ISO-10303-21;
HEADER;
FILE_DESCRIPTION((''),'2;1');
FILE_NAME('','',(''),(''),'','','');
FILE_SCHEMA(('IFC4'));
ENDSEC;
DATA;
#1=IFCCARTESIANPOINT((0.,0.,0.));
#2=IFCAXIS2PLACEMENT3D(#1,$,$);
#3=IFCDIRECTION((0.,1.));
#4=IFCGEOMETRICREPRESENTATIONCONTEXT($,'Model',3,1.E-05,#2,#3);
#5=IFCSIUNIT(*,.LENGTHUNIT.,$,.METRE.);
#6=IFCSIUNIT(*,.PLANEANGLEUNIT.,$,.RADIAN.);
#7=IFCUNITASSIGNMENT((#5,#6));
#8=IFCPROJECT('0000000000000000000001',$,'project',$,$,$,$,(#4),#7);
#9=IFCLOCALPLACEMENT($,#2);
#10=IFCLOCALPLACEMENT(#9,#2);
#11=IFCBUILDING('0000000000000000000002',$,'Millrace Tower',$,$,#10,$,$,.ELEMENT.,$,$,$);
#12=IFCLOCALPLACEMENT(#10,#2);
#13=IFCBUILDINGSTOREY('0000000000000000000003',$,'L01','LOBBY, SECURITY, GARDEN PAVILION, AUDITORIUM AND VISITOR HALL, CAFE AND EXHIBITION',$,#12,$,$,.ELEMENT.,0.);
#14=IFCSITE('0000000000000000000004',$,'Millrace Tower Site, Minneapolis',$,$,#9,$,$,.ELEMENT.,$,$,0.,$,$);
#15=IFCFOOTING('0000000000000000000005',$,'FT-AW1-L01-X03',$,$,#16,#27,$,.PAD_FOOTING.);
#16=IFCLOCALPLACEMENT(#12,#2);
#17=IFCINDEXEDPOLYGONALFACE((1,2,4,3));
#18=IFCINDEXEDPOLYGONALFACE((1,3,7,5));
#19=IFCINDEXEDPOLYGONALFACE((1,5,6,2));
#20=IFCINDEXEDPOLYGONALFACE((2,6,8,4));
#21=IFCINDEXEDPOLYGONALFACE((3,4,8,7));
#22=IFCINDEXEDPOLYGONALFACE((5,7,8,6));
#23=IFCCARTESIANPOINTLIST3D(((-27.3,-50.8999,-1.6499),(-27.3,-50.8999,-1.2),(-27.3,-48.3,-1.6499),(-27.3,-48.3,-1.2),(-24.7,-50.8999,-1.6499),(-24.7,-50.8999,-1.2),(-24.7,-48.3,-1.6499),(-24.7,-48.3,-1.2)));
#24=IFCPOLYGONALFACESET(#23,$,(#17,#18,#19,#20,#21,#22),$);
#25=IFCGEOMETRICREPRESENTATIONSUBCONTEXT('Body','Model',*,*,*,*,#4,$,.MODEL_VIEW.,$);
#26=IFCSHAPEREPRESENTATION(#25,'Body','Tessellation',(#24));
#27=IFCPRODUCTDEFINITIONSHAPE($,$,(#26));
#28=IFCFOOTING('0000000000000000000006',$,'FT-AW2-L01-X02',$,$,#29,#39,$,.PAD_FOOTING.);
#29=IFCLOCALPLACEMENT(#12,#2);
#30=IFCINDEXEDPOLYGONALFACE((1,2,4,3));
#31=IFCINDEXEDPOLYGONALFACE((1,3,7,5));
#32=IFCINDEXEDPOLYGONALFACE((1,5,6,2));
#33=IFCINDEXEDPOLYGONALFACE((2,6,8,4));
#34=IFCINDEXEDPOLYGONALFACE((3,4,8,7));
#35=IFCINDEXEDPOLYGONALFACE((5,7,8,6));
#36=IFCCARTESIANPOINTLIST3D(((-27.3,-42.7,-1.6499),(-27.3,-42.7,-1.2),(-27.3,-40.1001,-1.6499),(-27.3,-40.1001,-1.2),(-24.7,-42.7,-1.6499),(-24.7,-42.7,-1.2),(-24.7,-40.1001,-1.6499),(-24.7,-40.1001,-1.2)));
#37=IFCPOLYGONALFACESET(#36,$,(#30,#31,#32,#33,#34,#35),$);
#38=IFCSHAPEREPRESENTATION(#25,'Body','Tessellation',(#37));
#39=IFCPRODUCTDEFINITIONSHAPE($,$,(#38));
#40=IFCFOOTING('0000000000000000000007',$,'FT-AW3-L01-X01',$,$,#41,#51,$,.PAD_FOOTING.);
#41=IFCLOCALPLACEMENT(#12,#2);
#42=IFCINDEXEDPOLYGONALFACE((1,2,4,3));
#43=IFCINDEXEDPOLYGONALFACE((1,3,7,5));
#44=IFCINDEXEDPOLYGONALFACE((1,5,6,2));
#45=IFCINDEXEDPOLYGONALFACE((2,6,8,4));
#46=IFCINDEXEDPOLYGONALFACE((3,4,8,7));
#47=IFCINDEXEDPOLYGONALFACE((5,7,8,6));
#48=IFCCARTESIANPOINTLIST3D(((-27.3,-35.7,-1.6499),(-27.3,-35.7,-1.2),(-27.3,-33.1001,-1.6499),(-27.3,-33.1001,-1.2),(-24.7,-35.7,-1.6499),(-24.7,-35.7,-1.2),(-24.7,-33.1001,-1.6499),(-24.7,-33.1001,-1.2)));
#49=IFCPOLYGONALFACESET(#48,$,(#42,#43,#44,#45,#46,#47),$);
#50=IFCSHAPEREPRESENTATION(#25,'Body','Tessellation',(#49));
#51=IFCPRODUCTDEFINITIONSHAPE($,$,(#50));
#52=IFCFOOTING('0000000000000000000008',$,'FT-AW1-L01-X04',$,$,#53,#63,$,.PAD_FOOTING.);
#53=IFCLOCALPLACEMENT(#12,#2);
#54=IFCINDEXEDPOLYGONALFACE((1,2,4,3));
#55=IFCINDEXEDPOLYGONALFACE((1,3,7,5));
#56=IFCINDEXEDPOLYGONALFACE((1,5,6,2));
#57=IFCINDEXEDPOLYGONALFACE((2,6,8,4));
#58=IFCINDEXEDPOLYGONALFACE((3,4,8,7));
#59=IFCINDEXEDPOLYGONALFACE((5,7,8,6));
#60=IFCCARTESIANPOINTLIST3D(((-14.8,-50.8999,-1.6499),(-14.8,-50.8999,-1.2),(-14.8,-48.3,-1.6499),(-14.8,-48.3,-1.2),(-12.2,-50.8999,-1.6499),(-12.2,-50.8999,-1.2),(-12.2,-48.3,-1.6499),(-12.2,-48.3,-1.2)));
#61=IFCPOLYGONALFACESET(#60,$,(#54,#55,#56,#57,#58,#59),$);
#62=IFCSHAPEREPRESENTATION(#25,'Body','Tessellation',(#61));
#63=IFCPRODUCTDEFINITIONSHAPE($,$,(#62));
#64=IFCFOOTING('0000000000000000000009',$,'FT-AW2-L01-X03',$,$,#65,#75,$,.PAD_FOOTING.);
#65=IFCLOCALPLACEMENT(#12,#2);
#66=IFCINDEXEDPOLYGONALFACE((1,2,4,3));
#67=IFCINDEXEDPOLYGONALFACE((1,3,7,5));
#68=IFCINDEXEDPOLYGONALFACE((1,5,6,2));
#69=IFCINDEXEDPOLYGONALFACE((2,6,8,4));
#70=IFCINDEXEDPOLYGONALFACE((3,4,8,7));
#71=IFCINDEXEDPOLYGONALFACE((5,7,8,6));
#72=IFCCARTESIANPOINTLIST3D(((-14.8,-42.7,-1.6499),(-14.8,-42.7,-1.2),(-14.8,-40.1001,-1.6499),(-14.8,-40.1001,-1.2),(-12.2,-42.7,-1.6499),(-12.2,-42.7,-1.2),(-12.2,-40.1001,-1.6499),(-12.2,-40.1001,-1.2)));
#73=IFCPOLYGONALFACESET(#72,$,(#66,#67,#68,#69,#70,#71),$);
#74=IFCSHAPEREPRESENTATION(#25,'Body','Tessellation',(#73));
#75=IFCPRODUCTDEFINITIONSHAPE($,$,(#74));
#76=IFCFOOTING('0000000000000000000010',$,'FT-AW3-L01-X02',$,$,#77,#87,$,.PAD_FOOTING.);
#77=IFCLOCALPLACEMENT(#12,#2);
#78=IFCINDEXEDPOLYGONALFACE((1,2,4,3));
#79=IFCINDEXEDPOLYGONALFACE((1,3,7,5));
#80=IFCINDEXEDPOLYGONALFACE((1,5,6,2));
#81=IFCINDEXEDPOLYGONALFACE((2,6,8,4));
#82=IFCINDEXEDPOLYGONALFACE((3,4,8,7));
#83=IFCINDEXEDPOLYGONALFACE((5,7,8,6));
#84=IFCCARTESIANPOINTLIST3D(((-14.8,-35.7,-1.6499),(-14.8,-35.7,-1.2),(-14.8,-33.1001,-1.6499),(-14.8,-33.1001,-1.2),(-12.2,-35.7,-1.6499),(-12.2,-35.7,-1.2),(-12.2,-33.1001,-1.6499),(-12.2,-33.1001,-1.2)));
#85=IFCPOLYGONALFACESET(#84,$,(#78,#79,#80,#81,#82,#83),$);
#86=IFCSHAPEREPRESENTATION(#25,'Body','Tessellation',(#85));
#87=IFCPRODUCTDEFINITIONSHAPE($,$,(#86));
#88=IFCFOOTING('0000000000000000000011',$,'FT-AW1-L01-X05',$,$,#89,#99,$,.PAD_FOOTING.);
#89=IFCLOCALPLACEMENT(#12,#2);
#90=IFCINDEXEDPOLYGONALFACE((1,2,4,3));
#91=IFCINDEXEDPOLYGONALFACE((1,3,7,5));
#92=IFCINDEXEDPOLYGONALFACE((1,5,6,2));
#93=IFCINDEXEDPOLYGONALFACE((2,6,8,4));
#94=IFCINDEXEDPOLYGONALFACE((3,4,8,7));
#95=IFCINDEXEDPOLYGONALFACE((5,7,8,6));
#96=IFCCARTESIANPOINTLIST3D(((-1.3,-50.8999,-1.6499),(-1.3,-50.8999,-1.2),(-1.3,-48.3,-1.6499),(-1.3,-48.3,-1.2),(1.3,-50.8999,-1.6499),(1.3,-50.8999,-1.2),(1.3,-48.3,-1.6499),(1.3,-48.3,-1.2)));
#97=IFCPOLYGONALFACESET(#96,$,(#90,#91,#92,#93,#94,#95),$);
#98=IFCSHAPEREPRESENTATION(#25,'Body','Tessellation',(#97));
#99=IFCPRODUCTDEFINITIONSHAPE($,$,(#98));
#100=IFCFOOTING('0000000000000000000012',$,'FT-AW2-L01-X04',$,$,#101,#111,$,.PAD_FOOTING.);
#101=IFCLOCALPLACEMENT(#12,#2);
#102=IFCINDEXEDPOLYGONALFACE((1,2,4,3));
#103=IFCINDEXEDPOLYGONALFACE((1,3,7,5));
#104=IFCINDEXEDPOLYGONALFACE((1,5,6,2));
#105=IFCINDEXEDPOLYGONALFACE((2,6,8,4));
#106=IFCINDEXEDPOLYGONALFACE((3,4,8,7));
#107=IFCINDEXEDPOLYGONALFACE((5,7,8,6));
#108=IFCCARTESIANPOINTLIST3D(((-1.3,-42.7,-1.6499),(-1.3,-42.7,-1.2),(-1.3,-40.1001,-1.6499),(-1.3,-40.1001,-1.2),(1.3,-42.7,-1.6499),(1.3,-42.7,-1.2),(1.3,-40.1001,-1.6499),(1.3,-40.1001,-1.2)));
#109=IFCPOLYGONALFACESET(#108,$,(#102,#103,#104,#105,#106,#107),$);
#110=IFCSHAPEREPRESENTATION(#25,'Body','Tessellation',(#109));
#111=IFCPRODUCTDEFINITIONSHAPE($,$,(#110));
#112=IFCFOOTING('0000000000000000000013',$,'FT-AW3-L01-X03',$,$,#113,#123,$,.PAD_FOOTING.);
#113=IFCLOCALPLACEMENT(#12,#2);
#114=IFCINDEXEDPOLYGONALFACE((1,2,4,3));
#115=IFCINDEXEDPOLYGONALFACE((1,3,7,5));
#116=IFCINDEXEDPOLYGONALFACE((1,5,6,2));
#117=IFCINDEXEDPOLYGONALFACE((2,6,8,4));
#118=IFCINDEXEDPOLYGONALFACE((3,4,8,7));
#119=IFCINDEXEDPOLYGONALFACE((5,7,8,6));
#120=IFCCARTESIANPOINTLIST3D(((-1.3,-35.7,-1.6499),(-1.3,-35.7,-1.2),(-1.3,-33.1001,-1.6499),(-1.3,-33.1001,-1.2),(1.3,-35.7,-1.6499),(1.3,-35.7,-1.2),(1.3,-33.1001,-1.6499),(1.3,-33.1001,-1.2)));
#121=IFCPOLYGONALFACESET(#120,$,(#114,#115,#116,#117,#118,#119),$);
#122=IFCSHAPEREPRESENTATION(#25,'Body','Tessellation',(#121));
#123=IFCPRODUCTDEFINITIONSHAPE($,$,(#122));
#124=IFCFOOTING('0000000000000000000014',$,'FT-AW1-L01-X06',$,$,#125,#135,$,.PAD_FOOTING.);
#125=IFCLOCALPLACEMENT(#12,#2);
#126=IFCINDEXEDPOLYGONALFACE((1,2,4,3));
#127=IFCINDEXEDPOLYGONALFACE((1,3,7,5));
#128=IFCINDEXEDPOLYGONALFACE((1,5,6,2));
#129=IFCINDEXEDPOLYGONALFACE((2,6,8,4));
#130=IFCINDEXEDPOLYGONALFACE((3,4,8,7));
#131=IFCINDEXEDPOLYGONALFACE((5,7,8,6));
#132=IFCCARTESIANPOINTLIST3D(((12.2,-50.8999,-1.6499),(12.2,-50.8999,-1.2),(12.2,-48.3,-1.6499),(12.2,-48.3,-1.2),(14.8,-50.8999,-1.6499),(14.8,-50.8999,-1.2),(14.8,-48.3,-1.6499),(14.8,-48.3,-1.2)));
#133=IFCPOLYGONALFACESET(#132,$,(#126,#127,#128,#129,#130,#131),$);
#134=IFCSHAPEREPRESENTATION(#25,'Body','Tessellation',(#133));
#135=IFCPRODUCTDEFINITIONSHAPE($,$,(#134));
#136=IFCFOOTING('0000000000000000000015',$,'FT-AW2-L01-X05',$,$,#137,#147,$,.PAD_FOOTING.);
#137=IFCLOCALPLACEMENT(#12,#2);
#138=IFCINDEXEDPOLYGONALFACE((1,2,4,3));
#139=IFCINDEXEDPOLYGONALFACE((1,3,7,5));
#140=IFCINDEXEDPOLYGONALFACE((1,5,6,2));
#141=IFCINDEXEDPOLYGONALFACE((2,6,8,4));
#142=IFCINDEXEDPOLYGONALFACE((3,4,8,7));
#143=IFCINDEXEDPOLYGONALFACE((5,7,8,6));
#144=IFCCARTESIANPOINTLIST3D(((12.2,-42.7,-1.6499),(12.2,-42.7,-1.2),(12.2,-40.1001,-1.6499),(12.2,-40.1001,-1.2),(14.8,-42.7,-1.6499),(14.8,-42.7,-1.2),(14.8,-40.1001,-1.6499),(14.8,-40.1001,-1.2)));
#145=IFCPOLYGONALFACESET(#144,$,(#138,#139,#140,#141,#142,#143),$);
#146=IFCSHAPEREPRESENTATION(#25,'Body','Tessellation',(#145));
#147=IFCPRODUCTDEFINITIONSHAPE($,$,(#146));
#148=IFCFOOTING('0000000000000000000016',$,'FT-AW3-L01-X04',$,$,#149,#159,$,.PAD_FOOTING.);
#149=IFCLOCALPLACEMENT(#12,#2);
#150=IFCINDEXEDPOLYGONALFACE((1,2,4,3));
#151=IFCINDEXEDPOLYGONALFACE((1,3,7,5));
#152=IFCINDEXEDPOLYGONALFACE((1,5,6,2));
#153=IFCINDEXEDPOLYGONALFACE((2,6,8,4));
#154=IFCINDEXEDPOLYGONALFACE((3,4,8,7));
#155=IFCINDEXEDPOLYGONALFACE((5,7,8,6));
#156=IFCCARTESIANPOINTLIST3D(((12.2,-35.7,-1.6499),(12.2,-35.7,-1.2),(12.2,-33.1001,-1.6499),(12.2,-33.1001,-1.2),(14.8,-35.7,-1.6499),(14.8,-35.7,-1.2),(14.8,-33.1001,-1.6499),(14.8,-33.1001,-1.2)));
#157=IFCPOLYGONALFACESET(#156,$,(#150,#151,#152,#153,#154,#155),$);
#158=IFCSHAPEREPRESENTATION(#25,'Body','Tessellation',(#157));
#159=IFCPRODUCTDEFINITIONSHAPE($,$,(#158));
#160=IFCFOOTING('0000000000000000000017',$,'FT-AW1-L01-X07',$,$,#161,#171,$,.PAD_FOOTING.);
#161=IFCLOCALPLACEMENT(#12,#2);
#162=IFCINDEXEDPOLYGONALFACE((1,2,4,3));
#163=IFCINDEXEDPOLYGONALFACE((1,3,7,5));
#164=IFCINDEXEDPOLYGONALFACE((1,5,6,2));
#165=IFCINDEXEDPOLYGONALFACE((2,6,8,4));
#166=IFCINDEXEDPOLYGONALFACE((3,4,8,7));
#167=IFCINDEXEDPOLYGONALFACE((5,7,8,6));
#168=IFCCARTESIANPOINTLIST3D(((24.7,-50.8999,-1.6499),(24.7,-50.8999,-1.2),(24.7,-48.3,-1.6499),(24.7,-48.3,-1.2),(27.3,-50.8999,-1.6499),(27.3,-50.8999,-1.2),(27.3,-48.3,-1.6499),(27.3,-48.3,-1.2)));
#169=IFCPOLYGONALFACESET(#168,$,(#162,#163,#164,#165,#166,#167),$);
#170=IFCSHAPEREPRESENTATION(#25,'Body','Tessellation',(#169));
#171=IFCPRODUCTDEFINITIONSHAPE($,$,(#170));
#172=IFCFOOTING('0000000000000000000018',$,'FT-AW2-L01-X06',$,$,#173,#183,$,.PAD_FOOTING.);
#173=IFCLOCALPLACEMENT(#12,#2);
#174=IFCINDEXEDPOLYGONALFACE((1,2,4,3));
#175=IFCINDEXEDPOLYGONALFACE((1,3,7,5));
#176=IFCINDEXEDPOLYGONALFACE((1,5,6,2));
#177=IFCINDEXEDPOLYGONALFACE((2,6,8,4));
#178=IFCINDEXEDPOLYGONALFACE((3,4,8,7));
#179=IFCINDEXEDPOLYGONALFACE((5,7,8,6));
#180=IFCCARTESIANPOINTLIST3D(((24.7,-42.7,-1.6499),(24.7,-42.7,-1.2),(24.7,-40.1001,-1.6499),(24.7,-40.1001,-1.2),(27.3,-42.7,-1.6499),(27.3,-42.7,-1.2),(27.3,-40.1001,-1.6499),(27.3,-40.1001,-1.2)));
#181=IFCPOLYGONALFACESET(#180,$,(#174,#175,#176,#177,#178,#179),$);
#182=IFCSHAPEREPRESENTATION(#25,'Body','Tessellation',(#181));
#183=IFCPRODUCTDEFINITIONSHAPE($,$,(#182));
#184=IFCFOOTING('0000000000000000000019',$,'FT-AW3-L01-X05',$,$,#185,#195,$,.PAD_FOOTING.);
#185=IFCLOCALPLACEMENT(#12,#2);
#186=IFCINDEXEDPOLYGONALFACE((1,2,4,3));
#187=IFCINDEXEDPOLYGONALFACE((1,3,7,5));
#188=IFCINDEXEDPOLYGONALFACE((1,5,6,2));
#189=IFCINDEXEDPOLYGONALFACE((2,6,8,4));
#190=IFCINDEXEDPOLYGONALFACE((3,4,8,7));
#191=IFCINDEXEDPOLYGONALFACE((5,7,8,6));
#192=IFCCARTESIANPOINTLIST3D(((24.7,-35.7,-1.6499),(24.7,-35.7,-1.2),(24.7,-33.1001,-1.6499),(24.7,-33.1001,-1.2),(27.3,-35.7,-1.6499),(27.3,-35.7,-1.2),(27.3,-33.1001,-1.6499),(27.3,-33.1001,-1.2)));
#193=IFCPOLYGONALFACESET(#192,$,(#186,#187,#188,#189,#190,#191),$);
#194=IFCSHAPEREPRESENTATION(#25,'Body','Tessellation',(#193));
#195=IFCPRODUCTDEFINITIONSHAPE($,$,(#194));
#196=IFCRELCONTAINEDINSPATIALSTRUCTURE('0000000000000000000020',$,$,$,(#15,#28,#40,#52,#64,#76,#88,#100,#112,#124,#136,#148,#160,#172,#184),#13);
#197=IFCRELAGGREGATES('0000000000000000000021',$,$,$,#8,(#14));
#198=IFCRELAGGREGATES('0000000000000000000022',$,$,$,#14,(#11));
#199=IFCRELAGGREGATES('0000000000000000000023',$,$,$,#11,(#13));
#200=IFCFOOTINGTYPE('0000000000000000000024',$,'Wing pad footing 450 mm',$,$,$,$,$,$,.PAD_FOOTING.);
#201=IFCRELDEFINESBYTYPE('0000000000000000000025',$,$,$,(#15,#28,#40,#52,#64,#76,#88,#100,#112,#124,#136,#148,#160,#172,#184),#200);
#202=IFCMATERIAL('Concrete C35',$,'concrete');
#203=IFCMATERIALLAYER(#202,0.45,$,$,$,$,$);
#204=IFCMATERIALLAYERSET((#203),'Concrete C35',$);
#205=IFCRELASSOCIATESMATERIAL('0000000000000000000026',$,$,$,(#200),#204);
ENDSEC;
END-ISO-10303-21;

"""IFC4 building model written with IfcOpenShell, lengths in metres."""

from ifc_helpers import new_model, si_unit, direction, frame, origin, place, context, subcontext, project, spatial, polyline, outline, extrude, material, layer, layer_set, type_object, element, save


model = new_model("IFC4")

# Units and contexts
model_context = context("Model", 3, precision=1e-05, world=origin(), true_north=direction((0.0, 1.0)))
body_context = subcontext(model_context, "Body", "Model", "MODEL_VIEW")
ifc_project = project(units=[si_unit("LENGTHUNIT", "METRE"), si_unit("PLANEANGLEUNIT", "RADIAN")], contexts=[model_context])

# Site, building, storey
site_placement = place(None, origin())
site = spatial("IfcSite", under=ifc_project, at=site_placement, Name="Millrace Tower Site, Minneapolis", CompositionType="ELEMENT", RefElevation=0.0)
building_placement = place(site_placement, origin())
building = spatial("IfcBuilding", under=site, at=building_placement, Name="Millrace Tower", CompositionType="ELEMENT")
storey_placement = place(building_placement, origin())
storey = spatial("IfcBuildingStorey", under=building, at=storey_placement, Name="L01", Description="LOBBY, SECURITY, GARDEN PAVILION, AUDITORIUM AND VISITOR HALL, CAFE AND EXHIBITION", CompositionType="ELEMENT", Elevation=0.0)

# Footings
ifc_material_1 = material(Name="Concrete C35", Category="concrete")
ifc_layer_1 = layer(ifc_material_1, 0.45)
ifc_layer_set_1 = layer_set([ifc_layer_1], Name="Concrete C35")
footing_type_1 = type_object("IfcFootingType", Name="Wing pad footing 450 mm", PredefinedType="PAD_FOOTING", material=ifc_layer_set_1)
placement = place(storey_placement, frame((0.0, 0.0, -1.6499)))
element("IfcFooting", 1, at=placement, inside=storey, type_object=footing_type_1, Name="FT-AW1-L01-X03", PredefinedType="PAD_FOOTING", context=body_context, shape_type="SweptSolid", body=[
    extrude(outline(polyline([(-27.3, -50.8999), (-27.3, -48.3), (-24.7, -48.3), (-24.7, -50.8999), (-27.3, -50.8999)])), origin(), (0.0, 0.0, 1.0), 0.45),
])
element("IfcFooting", 2, at=placement, inside=storey, type_object=footing_type_1, Name="FT-AW2-L01-X02", PredefinedType="PAD_FOOTING", context=body_context, shape_type="SweptSolid", body=[
    extrude(outline(polyline([(-27.3, -42.7), (-27.3, -40.1001), (-24.7, -40.1001), (-24.7, -42.7), (-27.3, -42.7)])), origin(), (0.0, 0.0, 1.0), 0.45),
])
element("IfcFooting", 3, at=placement, inside=storey, type_object=footing_type_1, Name="FT-AW3-L01-X01", PredefinedType="PAD_FOOTING", context=body_context, shape_type="SweptSolid", body=[
    extrude(outline(polyline([(-27.3, -35.7), (-27.3, -33.1001), (-24.7, -33.1001), (-24.7, -35.7), (-27.3, -35.7)])), origin(), (0.0, 0.0, 1.0), 0.45),
])
element("IfcFooting", 4, at=placement, inside=storey, type_object=footing_type_1, Name="FT-AW1-L01-X04", PredefinedType="PAD_FOOTING", context=body_context, shape_type="SweptSolid", body=[
    extrude(outline(polyline([(-14.8, -50.8999), (-14.8, -48.3), (-12.2, -48.3), (-12.2, -50.8999), (-14.8, -50.8999)])), origin(), (0.0, 0.0, 1.0), 0.45),
])
element("IfcFooting", 5, at=placement, inside=storey, type_object=footing_type_1, Name="FT-AW2-L01-X03", PredefinedType="PAD_FOOTING", context=body_context, shape_type="SweptSolid", body=[
    extrude(outline(polyline([(-14.8, -42.7), (-14.8, -40.1001), (-12.2, -40.1001), (-12.2, -42.7), (-14.8, -42.7)])), origin(), (0.0, 0.0, 1.0), 0.45),
])
element("IfcFooting", 6, at=placement, inside=storey, type_object=footing_type_1, Name="FT-AW3-L01-X02", PredefinedType="PAD_FOOTING", context=body_context, shape_type="SweptSolid", body=[
    extrude(outline(polyline([(-14.8, -35.7), (-14.8, -33.1001), (-12.2, -33.1001), (-12.2, -35.7), (-14.8, -35.7)])), origin(), (0.0, 0.0, 1.0), 0.45),
])
element("IfcFooting", 7, at=placement, inside=storey, type_object=footing_type_1, Name="FT-AW1-L01-X05", PredefinedType="PAD_FOOTING", context=body_context, shape_type="SweptSolid", body=[
    extrude(outline(polyline([(-1.3, -50.8999), (-1.3, -48.3), (1.3, -48.3), (1.3, -50.8999), (-1.3, -50.8999)])), origin(), (0.0, 0.0, 1.0), 0.45),
])
element("IfcFooting", 8, at=placement, inside=storey, type_object=footing_type_1, Name="FT-AW2-L01-X04", PredefinedType="PAD_FOOTING", context=body_context, shape_type="SweptSolid", body=[
    extrude(outline(polyline([(-1.3, -42.7), (-1.3, -40.1001), (1.3, -40.1001), (1.3, -42.7), (-1.3, -42.7)])), origin(), (0.0, 0.0, 1.0), 0.45),
])
element("IfcFooting", 9, at=placement, inside=storey, type_object=footing_type_1, Name="FT-AW3-L01-X03", PredefinedType="PAD_FOOTING", context=body_context, shape_type="SweptSolid", body=[
    extrude(outline(polyline([(-1.3, -35.7), (-1.3, -33.1001), (1.3, -33.1001), (1.3, -35.7), (-1.3, -35.7)])), origin(), (0.0, 0.0, 1.0), 0.45),
])
element("IfcFooting", 10, at=placement, inside=storey, type_object=footing_type_1, Name="FT-AW1-L01-X06", PredefinedType="PAD_FOOTING", context=body_context, shape_type="SweptSolid", body=[
    extrude(outline(polyline([(12.2, -50.8999), (12.2, -48.3), (14.8, -48.3), (14.8, -50.8999), (12.2, -50.8999)])), origin(), (0.0, 0.0, 1.0), 0.45),
])
element("IfcFooting", 11, at=placement, inside=storey, type_object=footing_type_1, Name="FT-AW2-L01-X05", PredefinedType="PAD_FOOTING", context=body_context, shape_type="SweptSolid", body=[
    extrude(outline(polyline([(12.2, -42.7), (12.2, -40.1001), (14.8, -40.1001), (14.8, -42.7), (12.2, -42.7)])), origin(), (0.0, 0.0, 1.0), 0.45),
])
element("IfcFooting", 12, at=placement, inside=storey, type_object=footing_type_1, Name="FT-AW3-L01-X04", PredefinedType="PAD_FOOTING", context=body_context, shape_type="SweptSolid", body=[
    extrude(outline(polyline([(12.2, -35.7), (12.2, -33.1001), (14.8, -33.1001), (14.8, -35.7), (12.2, -35.7)])), origin(), (0.0, 0.0, 1.0), 0.45),
])
element("IfcFooting", 13, at=placement, inside=storey, type_object=footing_type_1, Name="FT-AW1-L01-X07", PredefinedType="PAD_FOOTING", context=body_context, shape_type="SweptSolid", body=[
    extrude(outline(polyline([(24.7, -50.8999), (24.7, -48.3), (27.3, -48.3), (27.3, -50.8999), (24.7, -50.8999)])), origin(), (0.0, 0.0, 1.0), 0.45),
])
element("IfcFooting", 14, at=placement, inside=storey, type_object=footing_type_1, Name="FT-AW2-L01-X06", PredefinedType="PAD_FOOTING", context=body_context, shape_type="SweptSolid", body=[
    extrude(outline(polyline([(24.7, -42.7), (24.7, -40.1001), (27.3, -40.1001), (27.3, -42.7), (24.7, -42.7)])), origin(), (0.0, 0.0, 1.0), 0.45),
])
element("IfcFooting", 15, at=placement, inside=storey, type_object=footing_type_1, Name="FT-AW3-L01-X05", PredefinedType="PAD_FOOTING", context=body_context, shape_type="SweptSolid", body=[
    extrude(outline(polyline([(24.7, -35.7), (24.7, -33.1001), (27.3, -33.1001), (27.3, -35.7), (24.7, -35.7)])), origin(), (0.0, 0.0, 1.0), 0.45),
])

save(model, "model.ifc")
